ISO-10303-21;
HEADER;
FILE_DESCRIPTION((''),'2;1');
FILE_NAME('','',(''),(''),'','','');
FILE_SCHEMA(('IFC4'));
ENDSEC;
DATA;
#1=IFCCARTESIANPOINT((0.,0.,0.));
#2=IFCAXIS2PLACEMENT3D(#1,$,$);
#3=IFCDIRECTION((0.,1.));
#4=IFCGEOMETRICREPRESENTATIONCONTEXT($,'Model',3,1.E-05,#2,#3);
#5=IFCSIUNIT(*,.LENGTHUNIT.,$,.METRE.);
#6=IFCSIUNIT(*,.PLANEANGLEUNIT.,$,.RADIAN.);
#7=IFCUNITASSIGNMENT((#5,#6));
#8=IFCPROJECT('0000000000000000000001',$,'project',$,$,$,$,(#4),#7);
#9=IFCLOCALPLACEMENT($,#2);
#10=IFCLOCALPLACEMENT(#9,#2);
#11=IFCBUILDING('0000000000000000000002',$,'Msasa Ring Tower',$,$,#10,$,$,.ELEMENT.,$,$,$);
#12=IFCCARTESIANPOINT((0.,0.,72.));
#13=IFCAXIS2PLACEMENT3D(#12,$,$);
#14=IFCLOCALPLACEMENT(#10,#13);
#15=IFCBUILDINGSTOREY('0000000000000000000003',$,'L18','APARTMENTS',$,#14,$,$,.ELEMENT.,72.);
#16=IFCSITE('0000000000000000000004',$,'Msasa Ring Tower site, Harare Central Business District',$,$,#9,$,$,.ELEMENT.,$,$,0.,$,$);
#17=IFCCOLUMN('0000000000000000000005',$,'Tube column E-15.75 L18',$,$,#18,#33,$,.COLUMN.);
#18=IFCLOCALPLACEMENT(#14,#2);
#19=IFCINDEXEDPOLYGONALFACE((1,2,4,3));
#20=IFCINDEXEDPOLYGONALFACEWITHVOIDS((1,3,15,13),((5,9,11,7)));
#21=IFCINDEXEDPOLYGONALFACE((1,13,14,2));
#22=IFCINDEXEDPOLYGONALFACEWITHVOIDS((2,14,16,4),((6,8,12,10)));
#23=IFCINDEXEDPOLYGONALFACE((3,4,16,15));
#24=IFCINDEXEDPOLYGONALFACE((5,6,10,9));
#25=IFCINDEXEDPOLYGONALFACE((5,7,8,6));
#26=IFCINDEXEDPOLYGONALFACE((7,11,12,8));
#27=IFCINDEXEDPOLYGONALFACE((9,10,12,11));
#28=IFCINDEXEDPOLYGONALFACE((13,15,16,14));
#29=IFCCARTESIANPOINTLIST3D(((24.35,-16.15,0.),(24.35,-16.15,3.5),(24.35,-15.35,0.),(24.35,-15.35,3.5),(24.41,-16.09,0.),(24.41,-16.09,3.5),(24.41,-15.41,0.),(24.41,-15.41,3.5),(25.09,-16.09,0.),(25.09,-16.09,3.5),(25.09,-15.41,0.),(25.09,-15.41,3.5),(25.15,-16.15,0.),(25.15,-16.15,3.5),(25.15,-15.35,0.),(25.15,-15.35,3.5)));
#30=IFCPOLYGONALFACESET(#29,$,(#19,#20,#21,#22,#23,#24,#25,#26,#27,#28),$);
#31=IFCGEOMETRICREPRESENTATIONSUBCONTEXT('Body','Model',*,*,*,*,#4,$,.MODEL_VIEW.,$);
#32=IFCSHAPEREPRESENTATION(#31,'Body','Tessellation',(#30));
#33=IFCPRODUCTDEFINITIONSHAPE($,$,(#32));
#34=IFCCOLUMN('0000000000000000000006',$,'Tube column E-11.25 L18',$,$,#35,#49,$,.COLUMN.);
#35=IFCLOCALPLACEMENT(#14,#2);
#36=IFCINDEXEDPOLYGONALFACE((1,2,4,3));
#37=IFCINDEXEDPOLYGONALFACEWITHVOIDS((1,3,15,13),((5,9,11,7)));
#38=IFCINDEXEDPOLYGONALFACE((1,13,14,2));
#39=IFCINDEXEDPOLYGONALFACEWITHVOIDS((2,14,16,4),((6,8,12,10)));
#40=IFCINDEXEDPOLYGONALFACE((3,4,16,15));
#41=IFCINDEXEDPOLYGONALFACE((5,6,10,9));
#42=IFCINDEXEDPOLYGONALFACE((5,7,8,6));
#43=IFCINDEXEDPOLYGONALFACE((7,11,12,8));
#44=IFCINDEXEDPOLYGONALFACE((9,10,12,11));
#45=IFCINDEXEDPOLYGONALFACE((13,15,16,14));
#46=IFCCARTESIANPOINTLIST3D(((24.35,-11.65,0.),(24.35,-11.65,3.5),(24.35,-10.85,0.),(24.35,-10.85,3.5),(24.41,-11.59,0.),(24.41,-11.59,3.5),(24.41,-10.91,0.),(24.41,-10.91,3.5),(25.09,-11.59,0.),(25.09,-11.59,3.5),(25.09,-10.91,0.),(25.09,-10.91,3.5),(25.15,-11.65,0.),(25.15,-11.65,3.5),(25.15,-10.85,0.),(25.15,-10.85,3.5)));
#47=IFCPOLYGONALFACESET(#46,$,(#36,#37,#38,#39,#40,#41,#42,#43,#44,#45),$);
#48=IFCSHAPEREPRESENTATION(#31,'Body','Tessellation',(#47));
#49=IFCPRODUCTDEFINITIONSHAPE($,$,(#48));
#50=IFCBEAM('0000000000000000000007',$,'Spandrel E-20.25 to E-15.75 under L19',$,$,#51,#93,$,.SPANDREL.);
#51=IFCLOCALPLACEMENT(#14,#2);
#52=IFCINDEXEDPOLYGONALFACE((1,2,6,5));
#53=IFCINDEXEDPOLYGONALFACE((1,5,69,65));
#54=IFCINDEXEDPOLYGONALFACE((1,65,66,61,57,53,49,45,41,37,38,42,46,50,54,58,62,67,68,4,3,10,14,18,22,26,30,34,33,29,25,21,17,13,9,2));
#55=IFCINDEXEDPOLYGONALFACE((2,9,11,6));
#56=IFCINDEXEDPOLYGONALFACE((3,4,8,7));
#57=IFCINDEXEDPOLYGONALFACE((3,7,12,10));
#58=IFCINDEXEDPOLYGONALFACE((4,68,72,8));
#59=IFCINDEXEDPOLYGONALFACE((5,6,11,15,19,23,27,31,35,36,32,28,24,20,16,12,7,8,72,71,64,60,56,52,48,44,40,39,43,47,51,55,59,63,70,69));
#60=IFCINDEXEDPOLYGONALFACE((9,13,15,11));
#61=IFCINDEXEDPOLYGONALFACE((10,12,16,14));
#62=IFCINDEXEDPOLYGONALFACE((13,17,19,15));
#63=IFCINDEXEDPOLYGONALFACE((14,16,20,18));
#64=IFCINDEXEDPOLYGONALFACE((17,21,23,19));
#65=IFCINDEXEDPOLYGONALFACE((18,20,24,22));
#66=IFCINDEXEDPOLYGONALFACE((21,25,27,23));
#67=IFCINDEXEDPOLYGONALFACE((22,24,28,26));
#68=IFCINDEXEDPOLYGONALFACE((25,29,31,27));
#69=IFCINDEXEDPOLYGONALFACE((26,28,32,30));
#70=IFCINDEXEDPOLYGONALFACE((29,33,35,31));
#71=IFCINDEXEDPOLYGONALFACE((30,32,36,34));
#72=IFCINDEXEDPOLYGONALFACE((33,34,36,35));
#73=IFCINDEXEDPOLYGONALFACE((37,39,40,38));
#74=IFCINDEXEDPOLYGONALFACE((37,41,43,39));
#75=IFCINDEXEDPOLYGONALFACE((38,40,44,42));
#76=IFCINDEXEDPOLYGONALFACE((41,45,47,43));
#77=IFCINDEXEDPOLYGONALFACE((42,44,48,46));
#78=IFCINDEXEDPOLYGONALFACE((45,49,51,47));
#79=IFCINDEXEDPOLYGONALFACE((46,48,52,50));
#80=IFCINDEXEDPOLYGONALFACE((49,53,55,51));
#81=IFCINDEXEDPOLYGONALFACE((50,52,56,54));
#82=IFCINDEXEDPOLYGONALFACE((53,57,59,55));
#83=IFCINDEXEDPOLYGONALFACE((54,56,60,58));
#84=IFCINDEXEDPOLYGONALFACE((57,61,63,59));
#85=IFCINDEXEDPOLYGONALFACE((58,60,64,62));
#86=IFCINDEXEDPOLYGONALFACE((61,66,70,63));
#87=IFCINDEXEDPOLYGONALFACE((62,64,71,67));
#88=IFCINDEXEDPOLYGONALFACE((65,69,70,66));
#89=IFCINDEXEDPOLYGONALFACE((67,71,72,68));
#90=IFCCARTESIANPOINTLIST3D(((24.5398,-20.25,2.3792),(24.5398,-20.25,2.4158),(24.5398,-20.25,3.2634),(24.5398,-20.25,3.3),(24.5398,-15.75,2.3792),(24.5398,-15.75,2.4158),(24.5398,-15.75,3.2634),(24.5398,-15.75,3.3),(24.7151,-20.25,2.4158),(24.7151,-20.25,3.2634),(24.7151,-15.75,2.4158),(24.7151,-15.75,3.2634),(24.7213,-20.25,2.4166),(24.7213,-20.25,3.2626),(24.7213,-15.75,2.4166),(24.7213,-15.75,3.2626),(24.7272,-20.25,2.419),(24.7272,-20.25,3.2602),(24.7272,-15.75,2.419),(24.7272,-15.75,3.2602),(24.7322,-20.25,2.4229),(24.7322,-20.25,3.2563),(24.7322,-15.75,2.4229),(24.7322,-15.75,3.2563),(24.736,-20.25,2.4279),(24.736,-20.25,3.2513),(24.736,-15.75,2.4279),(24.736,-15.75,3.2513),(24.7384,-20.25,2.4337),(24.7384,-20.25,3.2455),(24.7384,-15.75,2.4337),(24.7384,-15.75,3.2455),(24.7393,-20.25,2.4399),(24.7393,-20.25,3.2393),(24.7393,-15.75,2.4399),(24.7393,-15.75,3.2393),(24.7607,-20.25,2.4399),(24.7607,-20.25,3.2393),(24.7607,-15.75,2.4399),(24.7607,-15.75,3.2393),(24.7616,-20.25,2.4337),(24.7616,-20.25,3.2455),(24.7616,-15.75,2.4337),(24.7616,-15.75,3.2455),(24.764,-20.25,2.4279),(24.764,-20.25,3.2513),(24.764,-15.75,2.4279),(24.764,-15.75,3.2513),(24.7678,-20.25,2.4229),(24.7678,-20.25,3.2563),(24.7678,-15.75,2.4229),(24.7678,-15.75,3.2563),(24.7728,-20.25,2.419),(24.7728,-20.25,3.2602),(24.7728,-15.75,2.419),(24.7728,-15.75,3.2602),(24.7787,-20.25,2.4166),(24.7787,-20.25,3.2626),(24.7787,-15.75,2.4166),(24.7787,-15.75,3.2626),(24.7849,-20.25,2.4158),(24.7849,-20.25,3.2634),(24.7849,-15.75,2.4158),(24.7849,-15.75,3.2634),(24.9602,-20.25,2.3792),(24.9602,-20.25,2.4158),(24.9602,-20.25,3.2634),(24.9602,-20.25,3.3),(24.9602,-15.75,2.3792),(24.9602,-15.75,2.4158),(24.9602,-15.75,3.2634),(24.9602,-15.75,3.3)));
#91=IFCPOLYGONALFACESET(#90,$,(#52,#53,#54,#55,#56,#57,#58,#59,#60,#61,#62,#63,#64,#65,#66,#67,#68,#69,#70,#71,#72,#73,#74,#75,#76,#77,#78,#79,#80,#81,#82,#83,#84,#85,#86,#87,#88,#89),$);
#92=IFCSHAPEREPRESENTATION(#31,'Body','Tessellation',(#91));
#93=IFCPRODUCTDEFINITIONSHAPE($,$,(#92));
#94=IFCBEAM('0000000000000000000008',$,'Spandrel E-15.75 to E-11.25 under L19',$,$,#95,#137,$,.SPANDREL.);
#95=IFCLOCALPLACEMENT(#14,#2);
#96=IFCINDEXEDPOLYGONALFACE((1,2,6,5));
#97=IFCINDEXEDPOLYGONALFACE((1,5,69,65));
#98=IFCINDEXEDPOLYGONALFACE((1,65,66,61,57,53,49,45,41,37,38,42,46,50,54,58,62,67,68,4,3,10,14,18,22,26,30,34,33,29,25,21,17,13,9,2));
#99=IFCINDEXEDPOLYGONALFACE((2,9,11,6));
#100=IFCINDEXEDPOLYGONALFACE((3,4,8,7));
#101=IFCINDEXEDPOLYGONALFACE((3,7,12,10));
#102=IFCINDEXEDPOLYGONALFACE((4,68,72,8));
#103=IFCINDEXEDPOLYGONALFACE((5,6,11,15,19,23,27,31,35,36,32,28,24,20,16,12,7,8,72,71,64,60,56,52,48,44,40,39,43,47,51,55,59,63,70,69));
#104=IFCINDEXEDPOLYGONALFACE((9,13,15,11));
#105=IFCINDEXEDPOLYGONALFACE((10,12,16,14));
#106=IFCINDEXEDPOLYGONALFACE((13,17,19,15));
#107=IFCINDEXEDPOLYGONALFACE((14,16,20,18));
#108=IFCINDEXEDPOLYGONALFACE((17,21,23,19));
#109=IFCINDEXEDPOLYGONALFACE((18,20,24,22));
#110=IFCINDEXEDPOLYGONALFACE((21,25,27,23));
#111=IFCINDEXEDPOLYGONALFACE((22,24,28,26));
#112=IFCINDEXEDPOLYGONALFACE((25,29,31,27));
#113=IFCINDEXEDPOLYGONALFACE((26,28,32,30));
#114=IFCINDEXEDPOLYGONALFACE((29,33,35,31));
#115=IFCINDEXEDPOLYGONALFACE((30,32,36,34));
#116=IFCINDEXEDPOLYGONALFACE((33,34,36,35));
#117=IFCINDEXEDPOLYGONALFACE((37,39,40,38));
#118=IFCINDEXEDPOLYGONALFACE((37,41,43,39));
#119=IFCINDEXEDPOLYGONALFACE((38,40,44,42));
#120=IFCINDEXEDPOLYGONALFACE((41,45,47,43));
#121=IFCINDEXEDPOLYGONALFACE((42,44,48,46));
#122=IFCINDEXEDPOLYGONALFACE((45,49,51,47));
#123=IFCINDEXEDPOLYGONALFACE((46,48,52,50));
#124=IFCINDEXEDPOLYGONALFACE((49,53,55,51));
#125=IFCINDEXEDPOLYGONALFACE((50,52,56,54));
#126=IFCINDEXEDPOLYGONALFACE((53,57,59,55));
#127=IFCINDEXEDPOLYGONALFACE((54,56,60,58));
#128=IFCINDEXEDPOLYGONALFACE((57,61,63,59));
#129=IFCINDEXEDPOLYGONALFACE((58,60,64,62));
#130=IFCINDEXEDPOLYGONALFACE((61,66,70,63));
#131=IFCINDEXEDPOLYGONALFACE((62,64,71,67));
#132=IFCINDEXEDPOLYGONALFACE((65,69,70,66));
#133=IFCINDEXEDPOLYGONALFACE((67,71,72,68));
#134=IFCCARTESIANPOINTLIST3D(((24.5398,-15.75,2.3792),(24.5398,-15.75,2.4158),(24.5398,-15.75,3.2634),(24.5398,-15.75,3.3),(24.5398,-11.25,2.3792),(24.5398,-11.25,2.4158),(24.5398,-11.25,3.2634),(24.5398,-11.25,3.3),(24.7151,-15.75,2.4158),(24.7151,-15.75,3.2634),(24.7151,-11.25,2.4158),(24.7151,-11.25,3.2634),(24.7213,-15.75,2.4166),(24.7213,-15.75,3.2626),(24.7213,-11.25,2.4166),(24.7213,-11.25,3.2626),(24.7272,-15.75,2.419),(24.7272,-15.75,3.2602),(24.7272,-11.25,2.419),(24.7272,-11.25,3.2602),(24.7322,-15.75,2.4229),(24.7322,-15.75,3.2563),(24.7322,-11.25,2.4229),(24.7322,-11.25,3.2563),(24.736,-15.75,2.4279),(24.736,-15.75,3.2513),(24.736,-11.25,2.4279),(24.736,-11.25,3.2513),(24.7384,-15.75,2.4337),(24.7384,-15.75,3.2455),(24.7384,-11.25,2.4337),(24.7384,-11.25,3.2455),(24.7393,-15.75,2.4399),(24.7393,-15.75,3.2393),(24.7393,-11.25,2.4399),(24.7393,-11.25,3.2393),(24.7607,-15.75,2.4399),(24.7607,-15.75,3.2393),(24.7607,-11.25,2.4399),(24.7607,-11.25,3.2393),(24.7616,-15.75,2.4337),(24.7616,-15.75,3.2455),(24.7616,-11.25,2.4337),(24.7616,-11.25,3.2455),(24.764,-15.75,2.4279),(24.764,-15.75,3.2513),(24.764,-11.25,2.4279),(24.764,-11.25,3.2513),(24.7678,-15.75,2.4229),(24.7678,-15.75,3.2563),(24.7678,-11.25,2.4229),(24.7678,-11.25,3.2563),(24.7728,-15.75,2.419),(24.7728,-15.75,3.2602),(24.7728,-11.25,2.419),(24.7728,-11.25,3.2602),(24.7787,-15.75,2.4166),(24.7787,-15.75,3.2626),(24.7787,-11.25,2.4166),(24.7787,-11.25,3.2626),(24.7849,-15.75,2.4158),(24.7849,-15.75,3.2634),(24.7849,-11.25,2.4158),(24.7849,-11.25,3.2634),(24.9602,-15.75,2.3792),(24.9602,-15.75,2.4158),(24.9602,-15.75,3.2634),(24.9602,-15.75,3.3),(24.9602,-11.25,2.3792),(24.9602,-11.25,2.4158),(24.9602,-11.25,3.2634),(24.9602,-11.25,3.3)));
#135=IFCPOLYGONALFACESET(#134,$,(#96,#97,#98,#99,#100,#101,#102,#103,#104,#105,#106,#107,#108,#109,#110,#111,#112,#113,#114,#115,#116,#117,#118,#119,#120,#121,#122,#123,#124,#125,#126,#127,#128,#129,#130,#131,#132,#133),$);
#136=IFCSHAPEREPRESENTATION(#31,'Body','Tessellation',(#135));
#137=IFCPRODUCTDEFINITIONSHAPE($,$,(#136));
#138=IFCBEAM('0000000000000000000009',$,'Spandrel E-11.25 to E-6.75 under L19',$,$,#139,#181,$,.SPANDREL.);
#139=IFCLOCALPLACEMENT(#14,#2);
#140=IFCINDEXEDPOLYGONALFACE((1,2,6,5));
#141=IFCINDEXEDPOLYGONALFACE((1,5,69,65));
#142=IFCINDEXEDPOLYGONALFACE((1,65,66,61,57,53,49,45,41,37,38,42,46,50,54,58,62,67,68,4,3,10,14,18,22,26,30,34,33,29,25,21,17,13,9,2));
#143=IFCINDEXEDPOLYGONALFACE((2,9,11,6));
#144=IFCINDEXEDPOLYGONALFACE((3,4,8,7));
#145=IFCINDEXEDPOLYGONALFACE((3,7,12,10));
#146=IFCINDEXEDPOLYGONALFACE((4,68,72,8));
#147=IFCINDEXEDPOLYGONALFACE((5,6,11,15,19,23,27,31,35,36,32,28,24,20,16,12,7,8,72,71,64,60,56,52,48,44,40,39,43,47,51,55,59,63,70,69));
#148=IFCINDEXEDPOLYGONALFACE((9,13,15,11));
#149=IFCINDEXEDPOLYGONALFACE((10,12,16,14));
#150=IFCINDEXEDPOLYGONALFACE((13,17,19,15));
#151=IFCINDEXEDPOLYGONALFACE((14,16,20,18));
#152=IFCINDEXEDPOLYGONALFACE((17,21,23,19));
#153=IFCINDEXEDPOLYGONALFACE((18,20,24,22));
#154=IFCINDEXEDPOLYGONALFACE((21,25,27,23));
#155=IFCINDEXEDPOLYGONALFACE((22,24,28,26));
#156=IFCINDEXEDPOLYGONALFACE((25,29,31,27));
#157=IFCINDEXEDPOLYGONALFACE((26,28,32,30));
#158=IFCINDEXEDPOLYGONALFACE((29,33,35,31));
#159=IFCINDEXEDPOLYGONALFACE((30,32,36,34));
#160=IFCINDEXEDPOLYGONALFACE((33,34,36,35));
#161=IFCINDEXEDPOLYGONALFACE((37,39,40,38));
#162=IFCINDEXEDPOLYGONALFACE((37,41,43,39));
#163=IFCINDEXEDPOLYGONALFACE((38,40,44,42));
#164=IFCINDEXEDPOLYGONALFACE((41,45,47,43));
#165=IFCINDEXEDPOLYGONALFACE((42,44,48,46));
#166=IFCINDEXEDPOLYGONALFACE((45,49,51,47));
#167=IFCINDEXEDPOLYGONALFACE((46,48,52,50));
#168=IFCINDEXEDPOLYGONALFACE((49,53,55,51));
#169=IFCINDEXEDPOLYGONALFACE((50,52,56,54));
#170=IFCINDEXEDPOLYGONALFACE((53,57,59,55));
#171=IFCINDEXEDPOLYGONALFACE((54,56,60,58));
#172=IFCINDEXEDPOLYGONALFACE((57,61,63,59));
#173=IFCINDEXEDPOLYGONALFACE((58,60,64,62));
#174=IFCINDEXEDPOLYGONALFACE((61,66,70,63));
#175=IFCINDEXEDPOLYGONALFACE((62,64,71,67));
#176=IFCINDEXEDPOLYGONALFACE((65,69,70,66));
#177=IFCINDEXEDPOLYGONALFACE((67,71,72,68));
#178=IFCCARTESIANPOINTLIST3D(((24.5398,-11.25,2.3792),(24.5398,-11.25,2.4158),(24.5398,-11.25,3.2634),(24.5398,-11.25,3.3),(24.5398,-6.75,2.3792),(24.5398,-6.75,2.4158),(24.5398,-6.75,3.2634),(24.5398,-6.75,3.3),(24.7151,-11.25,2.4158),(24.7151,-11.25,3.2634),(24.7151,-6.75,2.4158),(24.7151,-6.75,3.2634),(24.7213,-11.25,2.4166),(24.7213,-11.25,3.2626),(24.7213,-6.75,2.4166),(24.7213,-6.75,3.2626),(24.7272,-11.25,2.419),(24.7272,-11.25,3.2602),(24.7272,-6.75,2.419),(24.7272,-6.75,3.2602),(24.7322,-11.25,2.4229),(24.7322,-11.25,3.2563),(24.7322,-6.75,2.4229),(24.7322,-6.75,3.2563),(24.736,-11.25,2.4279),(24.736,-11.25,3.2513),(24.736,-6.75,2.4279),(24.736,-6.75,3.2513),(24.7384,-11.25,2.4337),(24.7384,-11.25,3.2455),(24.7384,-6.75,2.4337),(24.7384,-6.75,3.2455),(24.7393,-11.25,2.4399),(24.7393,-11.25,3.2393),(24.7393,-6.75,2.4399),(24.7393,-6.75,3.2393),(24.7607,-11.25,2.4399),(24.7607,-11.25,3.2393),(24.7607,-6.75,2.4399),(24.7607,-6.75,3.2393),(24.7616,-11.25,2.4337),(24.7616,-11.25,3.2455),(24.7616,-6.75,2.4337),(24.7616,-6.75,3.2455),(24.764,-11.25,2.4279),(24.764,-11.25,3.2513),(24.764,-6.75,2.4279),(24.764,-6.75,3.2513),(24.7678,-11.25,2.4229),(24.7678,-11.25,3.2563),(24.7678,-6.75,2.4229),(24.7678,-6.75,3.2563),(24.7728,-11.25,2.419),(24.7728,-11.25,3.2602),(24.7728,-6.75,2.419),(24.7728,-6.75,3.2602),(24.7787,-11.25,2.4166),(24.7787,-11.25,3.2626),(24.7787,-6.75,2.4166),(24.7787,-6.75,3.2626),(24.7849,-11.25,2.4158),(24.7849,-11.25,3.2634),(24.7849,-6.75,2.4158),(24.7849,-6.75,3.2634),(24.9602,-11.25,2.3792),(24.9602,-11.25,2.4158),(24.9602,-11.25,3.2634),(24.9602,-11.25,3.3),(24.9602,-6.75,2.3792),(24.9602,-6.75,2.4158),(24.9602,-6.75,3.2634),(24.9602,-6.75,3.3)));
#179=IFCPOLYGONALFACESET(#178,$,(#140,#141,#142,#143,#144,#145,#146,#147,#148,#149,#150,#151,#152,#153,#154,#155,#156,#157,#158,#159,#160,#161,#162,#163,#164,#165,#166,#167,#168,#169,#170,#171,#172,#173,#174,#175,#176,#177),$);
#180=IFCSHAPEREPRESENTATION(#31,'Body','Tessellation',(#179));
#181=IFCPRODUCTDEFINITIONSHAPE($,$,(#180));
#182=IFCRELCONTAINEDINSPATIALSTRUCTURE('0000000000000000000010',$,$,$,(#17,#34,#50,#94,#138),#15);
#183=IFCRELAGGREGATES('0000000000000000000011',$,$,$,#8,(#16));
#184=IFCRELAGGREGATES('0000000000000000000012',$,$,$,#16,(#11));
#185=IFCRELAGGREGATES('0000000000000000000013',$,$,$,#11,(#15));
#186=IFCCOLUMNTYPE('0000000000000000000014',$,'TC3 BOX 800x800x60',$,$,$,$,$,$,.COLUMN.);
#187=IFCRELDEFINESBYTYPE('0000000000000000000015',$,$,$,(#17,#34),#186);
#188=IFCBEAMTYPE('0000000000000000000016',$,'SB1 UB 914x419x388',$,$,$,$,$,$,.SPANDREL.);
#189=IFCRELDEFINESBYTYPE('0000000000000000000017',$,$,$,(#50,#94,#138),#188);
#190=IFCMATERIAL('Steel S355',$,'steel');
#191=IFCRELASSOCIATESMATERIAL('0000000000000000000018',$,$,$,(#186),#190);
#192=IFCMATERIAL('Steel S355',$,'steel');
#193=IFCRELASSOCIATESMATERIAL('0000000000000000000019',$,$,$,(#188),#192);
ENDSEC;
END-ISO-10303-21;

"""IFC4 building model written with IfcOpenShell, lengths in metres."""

from ifc_helpers import new_model, si_unit, direction, frame, origin, origin_2d, place, context, subcontext, project, spatial, hollow_rectangle, i_section, extrude, material, material_profile, profile_set, type_object, element, save


model = new_model("IFC4")

# Units and contexts
model_context = context("Model", 3, precision=1e-05, world=origin(), true_north=direction((0.0, 1.0)))
body_context = subcontext(model_context, "Body", "Model", "MODEL_VIEW")
ifc_project = project(units=[si_unit("LENGTHUNIT", "METRE"), si_unit("PLANEANGLEUNIT", "RADIAN")], contexts=[model_context])

# Site, building, storey
site_placement = place(None, origin())
site = spatial("IfcSite", under=ifc_project, at=site_placement, Name="Msasa Ring Tower site, Harare Central Business District", CompositionType="ELEMENT", RefElevation=0.0)
building_placement = place(site_placement, origin())
building = spatial("IfcBuilding", under=site, at=building_placement, Name="Msasa Ring Tower", CompositionType="ELEMENT")
storey_placement = place(building_placement, frame((0.0, 0.0, 72.0)))
storey = spatial("IfcBuildingStorey", under=building, at=storey_placement, Name="L18", Description="APARTMENTS", CompositionType="ELEMENT", Elevation=72.0)

# Columns
ifc_material_1 = material(Name="Steel S355", Category="steel")
ifc_material_profile_1 = material_profile(ifc_material_1, hollow_rectangle(XDim=0.8, YDim=0.8, WallThickness=0.0601, at=origin_2d()), Name="BOX 800x800x60")
ifc_profile_set_1 = profile_set([ifc_material_profile_1], Name="Steel S355")
column_type = type_object("IfcColumnType", Name="TC3 BOX 800x800x60", PredefinedType="COLUMN", material=ifc_profile_set_1)
for number, where, z_axis, x_axis, name in (
    (1, (24.75, -15.75, 0.0), (0.0, 0.0, 1.0), (1.0, 0.0, 0.0), "Tube column E-15.75 L18"),
    (2, (24.75, -11.25, 0.0), (0.0, 0.0, 1.0), (1.0, 0.0, 0.0), "Tube column E-11.25 L18"),
):
    element("IfcColumn", number, at=place(storey_placement, frame(where, z_axis=z_axis, x_axis=x_axis)), inside=storey, type_object=column_type, Name=name, PredefinedType="COLUMN", context=body_context, shape_type="SweptSolid", body=[
        extrude(hollow_rectangle(XDim=0.8, YDim=0.8, WallThickness=0.0601, at=origin_2d()), origin(), (0.0, 0.0, 1.0), 3.5),
    ])

# Beams
ifc_material_2 = material(Name="Steel S355", Category="steel")
ifc_material_profile_2 = material_profile(ifc_material_2, i_section(OverallWidth=0.4204, OverallDepth=0.9209, WebThickness=0.0215, FlangeThickness=0.0366, FilletRadius=0.0242, at=origin_2d()), Name="UB 914x419x388")
ifc_profile_set_2 = profile_set([ifc_material_profile_2], Name="Steel S355")
beam_type = type_object("IfcBeamType", Name="SB1 UB 914x419x388", PredefinedType="SPANDREL", material=ifc_profile_set_2)
for number, where, z_axis, x_axis, name in (
    (3, (24.75, -20.25, 2.8396), (0.0, 1.0, 0.0), (-1.0, 0.0, 0.0), "Spandrel E-20.25 to E-15.75 under L19"),
    (4, (24.75, -15.75, 2.8396), (0.0, 1.0, 0.0), (-1.0, 0.0, 0.0), "Spandrel E-15.75 to E-11.25 under L19"),
    (5, (24.75, -11.25, 2.8396), (0.0, 1.0, 0.0), (-1.0, 0.0, 0.0), "Spandrel E-11.25 to E-6.75 under L19"),
):
    element("IfcBeam", number, at=place(storey_placement, frame(where, z_axis=z_axis, x_axis=x_axis)), inside=storey, type_object=beam_type, Name=name, PredefinedType="SPANDREL", context=body_context, shape_type="SweptSolid", body=[
        extrude(i_section(OverallWidth=0.4204, OverallDepth=0.9209, WebThickness=0.0215, FlangeThickness=0.0366, FilletRadius=0.0242, at=origin_2d()), origin(), (0.0, 0.0, 1.0), 4.5),
    ])

save(model, "model.ifc")
